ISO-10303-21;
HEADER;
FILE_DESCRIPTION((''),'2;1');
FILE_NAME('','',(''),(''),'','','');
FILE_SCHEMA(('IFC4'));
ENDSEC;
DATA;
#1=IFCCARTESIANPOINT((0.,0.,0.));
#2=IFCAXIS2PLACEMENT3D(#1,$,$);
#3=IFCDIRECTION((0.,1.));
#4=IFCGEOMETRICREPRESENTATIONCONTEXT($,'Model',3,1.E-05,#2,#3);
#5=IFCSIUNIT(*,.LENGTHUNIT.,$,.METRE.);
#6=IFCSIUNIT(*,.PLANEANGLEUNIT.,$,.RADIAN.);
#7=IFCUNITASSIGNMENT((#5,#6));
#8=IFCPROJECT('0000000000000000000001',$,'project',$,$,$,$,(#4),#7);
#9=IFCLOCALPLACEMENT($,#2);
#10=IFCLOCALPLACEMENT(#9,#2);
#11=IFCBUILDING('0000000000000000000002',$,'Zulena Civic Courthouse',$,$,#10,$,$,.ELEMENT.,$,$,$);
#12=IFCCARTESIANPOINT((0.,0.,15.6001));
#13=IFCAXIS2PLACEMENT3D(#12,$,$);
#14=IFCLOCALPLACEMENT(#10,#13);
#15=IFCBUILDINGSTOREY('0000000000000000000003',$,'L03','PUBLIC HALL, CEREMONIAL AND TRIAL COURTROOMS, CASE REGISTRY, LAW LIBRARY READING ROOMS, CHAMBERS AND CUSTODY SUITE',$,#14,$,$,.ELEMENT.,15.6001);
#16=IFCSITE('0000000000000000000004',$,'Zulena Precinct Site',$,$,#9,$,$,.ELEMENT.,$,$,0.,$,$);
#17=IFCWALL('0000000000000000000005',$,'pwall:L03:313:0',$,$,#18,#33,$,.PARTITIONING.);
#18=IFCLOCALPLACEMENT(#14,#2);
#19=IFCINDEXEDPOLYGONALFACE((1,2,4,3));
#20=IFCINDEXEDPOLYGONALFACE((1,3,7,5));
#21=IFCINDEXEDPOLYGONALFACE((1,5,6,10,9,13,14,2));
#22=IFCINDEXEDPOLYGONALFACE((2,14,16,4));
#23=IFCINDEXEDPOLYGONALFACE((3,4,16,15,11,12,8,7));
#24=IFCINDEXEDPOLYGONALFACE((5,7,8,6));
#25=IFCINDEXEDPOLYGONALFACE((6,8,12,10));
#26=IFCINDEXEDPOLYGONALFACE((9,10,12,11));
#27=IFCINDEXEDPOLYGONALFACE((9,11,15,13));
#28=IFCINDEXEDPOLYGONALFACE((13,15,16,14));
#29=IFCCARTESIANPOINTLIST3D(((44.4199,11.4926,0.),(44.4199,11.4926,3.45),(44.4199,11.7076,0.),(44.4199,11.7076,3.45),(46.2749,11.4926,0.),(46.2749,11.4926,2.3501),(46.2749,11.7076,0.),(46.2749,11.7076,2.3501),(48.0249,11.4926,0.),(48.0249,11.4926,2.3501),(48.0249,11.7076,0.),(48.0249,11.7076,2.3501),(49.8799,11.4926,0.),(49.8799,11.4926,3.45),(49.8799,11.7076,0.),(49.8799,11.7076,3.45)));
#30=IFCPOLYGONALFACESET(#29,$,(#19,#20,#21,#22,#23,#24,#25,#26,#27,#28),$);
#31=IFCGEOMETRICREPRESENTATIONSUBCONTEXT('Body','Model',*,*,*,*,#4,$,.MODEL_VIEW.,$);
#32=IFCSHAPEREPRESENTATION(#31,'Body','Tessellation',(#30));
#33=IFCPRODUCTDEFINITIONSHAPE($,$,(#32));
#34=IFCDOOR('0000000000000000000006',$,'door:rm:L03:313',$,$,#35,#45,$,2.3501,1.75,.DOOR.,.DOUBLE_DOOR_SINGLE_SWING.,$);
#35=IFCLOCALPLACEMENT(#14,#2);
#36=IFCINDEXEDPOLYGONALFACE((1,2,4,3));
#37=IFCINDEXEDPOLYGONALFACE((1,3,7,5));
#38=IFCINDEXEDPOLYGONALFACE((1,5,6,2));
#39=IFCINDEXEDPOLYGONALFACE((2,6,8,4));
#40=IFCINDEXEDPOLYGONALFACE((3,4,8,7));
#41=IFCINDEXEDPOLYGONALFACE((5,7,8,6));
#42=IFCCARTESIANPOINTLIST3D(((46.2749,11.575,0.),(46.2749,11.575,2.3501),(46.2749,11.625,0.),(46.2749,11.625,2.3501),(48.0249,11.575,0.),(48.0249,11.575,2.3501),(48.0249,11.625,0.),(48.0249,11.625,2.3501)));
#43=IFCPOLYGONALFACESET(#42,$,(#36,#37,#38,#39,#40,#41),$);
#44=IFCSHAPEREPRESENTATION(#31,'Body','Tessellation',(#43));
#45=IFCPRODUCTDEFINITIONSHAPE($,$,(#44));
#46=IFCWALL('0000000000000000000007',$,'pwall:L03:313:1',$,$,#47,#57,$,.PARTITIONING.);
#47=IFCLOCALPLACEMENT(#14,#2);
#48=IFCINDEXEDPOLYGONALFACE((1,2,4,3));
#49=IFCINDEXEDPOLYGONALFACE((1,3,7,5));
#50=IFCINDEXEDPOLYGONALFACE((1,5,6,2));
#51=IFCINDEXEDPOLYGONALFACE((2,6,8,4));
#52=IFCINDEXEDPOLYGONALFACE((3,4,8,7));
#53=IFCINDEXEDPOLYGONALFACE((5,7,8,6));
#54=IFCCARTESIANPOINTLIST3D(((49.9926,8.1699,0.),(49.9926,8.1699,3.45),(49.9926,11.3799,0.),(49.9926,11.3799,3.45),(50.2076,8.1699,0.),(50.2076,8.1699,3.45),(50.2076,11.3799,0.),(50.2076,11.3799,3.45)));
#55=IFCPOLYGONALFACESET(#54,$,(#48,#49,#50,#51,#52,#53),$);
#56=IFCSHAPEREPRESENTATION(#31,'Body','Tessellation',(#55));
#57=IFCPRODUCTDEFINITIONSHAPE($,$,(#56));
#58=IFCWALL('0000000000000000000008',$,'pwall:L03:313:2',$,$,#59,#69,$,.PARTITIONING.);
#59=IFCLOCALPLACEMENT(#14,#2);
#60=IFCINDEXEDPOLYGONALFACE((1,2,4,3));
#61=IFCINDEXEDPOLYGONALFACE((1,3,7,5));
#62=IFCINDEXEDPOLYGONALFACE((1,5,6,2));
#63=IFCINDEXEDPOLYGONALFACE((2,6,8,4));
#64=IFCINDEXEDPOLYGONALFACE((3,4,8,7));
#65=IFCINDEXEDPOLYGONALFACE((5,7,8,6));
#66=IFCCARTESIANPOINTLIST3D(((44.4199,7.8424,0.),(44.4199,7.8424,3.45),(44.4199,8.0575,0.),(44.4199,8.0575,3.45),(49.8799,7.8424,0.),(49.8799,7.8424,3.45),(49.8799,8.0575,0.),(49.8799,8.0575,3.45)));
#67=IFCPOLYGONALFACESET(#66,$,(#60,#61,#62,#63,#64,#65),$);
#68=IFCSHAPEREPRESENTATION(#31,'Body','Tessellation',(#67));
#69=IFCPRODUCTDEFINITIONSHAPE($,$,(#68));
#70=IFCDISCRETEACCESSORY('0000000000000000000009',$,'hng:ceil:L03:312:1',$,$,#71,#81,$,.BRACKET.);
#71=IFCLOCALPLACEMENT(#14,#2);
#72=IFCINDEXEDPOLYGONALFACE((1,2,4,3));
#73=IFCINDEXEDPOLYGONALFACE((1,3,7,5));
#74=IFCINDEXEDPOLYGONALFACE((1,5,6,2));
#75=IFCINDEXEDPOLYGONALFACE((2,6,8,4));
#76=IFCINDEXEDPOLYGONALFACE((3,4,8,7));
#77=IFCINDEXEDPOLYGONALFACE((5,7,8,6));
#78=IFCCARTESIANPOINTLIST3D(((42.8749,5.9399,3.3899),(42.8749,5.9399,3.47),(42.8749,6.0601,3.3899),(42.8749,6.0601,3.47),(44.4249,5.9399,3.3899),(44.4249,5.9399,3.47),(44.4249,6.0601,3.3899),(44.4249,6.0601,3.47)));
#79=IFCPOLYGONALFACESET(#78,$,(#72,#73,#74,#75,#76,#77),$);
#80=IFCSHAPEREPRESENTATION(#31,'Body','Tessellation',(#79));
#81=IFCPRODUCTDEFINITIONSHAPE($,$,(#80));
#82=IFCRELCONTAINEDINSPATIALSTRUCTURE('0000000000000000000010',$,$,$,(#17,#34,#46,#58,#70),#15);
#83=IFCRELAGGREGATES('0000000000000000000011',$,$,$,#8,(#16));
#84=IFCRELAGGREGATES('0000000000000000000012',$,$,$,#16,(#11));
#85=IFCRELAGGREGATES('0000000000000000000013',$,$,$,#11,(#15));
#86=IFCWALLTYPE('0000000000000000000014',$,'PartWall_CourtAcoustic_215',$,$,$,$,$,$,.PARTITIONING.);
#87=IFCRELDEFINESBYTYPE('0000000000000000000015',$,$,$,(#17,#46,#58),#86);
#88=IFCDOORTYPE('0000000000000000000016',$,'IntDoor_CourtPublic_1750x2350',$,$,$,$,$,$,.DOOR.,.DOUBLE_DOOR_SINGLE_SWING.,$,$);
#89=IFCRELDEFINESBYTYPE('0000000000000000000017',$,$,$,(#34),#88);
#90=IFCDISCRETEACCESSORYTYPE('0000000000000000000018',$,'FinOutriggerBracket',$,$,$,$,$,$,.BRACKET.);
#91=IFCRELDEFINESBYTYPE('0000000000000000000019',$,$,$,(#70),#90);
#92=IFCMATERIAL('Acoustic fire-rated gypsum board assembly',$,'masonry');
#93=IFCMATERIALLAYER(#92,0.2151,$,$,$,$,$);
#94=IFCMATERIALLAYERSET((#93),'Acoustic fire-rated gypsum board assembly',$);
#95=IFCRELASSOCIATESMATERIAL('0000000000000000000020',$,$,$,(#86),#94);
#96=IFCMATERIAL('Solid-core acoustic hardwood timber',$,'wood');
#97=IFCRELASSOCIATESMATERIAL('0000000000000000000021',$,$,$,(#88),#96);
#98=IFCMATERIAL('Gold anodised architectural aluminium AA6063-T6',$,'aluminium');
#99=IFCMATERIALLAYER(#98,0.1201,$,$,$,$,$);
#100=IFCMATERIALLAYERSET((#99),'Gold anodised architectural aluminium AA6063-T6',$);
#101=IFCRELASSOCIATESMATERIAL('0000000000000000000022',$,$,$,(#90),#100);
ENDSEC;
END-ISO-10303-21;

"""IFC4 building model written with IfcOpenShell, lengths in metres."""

from ifc_helpers import new_model, si_unit, direction, frame, frame_2d, origin, origin_2d, place, context, subcontext, project, spatial, rectangle, extrude, material, layer, layer_set, type_object, element, fill, save


model = new_model("IFC4")

# Units and contexts
model_context = context("Model", 3, precision=1e-05, world=origin(), true_north=direction((0.0, 1.0)))
body_context = subcontext(model_context, "Body", "Model", "MODEL_VIEW")
ifc_project = project(units=[si_unit("LENGTHUNIT", "METRE"), si_unit("PLANEANGLEUNIT", "RADIAN")], contexts=[model_context])

# Site, building, storey
site_placement = place(None, origin())
site = spatial("IfcSite", under=ifc_project, at=site_placement, Name="Zulena Precinct Site", CompositionType="ELEMENT", RefElevation=0.0)
building_placement = place(site_placement, origin())
building = spatial("IfcBuilding", under=site, at=building_placement, Name="Zulena Civic Courthouse", CompositionType="ELEMENT")
storey_placement = place(building_placement, frame((0.0, 0.0, 15.6001)))
storey = spatial("IfcBuildingStorey", under=building, at=storey_placement, Name="L03", Description="PUBLIC HALL, CEREMONIAL AND TRIAL COURTROOMS, CASE REGISTRY, LAW LIBRARY READING ROOMS, CHAMBERS AND CUSTODY SUITE", CompositionType="ELEMENT", Elevation=15.6001)

# Shared definitions
ifc_material_1 = material(Name="Acoustic fire-rated gypsum board assembly", Category="masonry")
ifc_layer_1 = layer(ifc_material_1, 0.2151)
ifc_layer_set_1 = layer_set([ifc_layer_1], Name="Acoustic fire-rated gypsum board assembly")
wall_type_1 = type_object("IfcWallType", Name="PartWall_CourtAcoustic_215", PredefinedType="PARTITIONING", material=ifc_layer_set_1)

# Wall, opening, door
wall_1_placement = place(storey_placement, frame((44.4199, 11.6001, 0.0), z_axis=(0.0, 0.0, 1.0), x_axis=(1.0, 0.0, 0.0)))
wall_1 = element("IfcWall", 1, at=wall_1_placement, inside=storey, type_object=wall_type_1, Name="pwall:L03:313:0", PredefinedType="PARTITIONING", context=body_context, shape_type="SweptSolid", body=[
    extrude(rectangle(XDim=5.46, YDim=0.2151, at=frame_2d((2.73, 0.0))), origin(), (0.0, 0.0, 1.0), 3.45),
])
opening_1_placement = place(wall_1_placement, frame((1.855, 0.0, 0.0)))
opening_1 = element("IfcOpeningElement", 2, at=opening_1_placement, cuts=wall_1, PredefinedType="OPENING", context=body_context, shape_type="SweptSolid", body=[
    extrude(rectangle(XDim=1.75, YDim=2.3501, at=frame_2d((0.875, 1.175))), frame((0.0, 0.1174, 0.0), z_axis=(0.0, -1.0, 0.0), x_axis=(1.0, 0.0, 0.0)), (0.0, 0.0, 1.0), 0.2351),
])
ifc_material_2 = material(Name="Solid-core acoustic hardwood timber", Category="wood")
door_type_1 = type_object("IfcDoorType", Name="IntDoor_CourtPublic_1750x2350", OperationType="DOUBLE_DOOR_SINGLE_SWING", PredefinedType="DOOR", material=ifc_material_2)
door_1_placement = place(opening_1_placement, origin())
door_1 = element("IfcDoor", 3, at=door_1_placement, inside=storey, type_object=door_type_1, Name="door:rm:L03:313", OperationType="DOUBLE_DOOR_SINGLE_SWING", OverallHeight=2.3501, OverallWidth=1.75, PredefinedType="DOOR", context=body_context, shape_type="SweptSolid", body=[
    extrude(rectangle(XDim=1.75, YDim=2.3501, at=frame_2d((0.875, 1.175))), frame((0.0, 0.0249, 0.0), z_axis=(0.0, -1.0, 0.0), x_axis=(1.0, 0.0, 0.0)), (0.0, 0.0, 1.0), 0.05),
])
fill(opening_1, door_1)

# Walls
wall_2_placement = place(storey_placement, frame((50.1001, 8.1699, 0.0), z_axis=(0.0, 0.0, 1.0), x_axis=(0.0, 1.0, 0.0)))
element("IfcWall", 4, at=wall_2_placement, inside=storey, type_object=wall_type_1, Name="pwall:L03:313:1", PredefinedType="PARTITIONING", context=body_context, shape_type="SweptSolid", body=[
    extrude(rectangle(XDim=3.21, YDim=0.2151, at=frame_2d((1.605, 0.0))), origin(), (0.0, 0.0, 1.0), 3.45),
])
wall_3_placement = place(storey_placement, frame((44.4199, 7.95, 0.0), z_axis=(0.0, 0.0, 1.0), x_axis=(1.0, 0.0, 0.0)))
element("IfcWall", 5, at=wall_3_placement, inside=storey, type_object=wall_type_1, Name="pwall:L03:313:2", PredefinedType="PARTITIONING", context=body_context, shape_type="SweptSolid", body=[
    extrude(rectangle(XDim=5.46, YDim=0.2151, at=frame_2d((2.73, 0.0))), origin(), (0.0, 0.0, 1.0), 3.45),
])

# Discrete accessory
ifc_material_3 = material(Name="Gold anodised architectural aluminium AA6063-T6", Category="aluminium")
ifc_layer_2 = layer(ifc_material_3, 0.1201)
ifc_layer_set_2 = layer_set([ifc_layer_2], Name="Gold anodised architectural aluminium AA6063-T6")
discrete_accessory_type = type_object("IfcDiscreteAccessoryType", Name="FinOutriggerBracket", PredefinedType="BRACKET", material=ifc_layer_set_2)
discrete_accessory_placement = place(storey_placement, frame((43.6499, 6.0, 3.3899), z_axis=(0.0, 0.0, 1.0), x_axis=(1.0, 0.0, 0.0)))
element("IfcDiscreteAccessory", 6, at=discrete_accessory_placement, inside=storey, type_object=discrete_accessory_type, Name="hng:ceil:L03:312:1", PredefinedType="BRACKET", context=body_context, shape_type="SweptSolid", body=[
    extrude(rectangle(XDim=1.55, YDim=0.1201, at=origin_2d()), origin(), (0.0, 0.0, 1.0), 0.0801),
])

save(model, "model.ifc")
